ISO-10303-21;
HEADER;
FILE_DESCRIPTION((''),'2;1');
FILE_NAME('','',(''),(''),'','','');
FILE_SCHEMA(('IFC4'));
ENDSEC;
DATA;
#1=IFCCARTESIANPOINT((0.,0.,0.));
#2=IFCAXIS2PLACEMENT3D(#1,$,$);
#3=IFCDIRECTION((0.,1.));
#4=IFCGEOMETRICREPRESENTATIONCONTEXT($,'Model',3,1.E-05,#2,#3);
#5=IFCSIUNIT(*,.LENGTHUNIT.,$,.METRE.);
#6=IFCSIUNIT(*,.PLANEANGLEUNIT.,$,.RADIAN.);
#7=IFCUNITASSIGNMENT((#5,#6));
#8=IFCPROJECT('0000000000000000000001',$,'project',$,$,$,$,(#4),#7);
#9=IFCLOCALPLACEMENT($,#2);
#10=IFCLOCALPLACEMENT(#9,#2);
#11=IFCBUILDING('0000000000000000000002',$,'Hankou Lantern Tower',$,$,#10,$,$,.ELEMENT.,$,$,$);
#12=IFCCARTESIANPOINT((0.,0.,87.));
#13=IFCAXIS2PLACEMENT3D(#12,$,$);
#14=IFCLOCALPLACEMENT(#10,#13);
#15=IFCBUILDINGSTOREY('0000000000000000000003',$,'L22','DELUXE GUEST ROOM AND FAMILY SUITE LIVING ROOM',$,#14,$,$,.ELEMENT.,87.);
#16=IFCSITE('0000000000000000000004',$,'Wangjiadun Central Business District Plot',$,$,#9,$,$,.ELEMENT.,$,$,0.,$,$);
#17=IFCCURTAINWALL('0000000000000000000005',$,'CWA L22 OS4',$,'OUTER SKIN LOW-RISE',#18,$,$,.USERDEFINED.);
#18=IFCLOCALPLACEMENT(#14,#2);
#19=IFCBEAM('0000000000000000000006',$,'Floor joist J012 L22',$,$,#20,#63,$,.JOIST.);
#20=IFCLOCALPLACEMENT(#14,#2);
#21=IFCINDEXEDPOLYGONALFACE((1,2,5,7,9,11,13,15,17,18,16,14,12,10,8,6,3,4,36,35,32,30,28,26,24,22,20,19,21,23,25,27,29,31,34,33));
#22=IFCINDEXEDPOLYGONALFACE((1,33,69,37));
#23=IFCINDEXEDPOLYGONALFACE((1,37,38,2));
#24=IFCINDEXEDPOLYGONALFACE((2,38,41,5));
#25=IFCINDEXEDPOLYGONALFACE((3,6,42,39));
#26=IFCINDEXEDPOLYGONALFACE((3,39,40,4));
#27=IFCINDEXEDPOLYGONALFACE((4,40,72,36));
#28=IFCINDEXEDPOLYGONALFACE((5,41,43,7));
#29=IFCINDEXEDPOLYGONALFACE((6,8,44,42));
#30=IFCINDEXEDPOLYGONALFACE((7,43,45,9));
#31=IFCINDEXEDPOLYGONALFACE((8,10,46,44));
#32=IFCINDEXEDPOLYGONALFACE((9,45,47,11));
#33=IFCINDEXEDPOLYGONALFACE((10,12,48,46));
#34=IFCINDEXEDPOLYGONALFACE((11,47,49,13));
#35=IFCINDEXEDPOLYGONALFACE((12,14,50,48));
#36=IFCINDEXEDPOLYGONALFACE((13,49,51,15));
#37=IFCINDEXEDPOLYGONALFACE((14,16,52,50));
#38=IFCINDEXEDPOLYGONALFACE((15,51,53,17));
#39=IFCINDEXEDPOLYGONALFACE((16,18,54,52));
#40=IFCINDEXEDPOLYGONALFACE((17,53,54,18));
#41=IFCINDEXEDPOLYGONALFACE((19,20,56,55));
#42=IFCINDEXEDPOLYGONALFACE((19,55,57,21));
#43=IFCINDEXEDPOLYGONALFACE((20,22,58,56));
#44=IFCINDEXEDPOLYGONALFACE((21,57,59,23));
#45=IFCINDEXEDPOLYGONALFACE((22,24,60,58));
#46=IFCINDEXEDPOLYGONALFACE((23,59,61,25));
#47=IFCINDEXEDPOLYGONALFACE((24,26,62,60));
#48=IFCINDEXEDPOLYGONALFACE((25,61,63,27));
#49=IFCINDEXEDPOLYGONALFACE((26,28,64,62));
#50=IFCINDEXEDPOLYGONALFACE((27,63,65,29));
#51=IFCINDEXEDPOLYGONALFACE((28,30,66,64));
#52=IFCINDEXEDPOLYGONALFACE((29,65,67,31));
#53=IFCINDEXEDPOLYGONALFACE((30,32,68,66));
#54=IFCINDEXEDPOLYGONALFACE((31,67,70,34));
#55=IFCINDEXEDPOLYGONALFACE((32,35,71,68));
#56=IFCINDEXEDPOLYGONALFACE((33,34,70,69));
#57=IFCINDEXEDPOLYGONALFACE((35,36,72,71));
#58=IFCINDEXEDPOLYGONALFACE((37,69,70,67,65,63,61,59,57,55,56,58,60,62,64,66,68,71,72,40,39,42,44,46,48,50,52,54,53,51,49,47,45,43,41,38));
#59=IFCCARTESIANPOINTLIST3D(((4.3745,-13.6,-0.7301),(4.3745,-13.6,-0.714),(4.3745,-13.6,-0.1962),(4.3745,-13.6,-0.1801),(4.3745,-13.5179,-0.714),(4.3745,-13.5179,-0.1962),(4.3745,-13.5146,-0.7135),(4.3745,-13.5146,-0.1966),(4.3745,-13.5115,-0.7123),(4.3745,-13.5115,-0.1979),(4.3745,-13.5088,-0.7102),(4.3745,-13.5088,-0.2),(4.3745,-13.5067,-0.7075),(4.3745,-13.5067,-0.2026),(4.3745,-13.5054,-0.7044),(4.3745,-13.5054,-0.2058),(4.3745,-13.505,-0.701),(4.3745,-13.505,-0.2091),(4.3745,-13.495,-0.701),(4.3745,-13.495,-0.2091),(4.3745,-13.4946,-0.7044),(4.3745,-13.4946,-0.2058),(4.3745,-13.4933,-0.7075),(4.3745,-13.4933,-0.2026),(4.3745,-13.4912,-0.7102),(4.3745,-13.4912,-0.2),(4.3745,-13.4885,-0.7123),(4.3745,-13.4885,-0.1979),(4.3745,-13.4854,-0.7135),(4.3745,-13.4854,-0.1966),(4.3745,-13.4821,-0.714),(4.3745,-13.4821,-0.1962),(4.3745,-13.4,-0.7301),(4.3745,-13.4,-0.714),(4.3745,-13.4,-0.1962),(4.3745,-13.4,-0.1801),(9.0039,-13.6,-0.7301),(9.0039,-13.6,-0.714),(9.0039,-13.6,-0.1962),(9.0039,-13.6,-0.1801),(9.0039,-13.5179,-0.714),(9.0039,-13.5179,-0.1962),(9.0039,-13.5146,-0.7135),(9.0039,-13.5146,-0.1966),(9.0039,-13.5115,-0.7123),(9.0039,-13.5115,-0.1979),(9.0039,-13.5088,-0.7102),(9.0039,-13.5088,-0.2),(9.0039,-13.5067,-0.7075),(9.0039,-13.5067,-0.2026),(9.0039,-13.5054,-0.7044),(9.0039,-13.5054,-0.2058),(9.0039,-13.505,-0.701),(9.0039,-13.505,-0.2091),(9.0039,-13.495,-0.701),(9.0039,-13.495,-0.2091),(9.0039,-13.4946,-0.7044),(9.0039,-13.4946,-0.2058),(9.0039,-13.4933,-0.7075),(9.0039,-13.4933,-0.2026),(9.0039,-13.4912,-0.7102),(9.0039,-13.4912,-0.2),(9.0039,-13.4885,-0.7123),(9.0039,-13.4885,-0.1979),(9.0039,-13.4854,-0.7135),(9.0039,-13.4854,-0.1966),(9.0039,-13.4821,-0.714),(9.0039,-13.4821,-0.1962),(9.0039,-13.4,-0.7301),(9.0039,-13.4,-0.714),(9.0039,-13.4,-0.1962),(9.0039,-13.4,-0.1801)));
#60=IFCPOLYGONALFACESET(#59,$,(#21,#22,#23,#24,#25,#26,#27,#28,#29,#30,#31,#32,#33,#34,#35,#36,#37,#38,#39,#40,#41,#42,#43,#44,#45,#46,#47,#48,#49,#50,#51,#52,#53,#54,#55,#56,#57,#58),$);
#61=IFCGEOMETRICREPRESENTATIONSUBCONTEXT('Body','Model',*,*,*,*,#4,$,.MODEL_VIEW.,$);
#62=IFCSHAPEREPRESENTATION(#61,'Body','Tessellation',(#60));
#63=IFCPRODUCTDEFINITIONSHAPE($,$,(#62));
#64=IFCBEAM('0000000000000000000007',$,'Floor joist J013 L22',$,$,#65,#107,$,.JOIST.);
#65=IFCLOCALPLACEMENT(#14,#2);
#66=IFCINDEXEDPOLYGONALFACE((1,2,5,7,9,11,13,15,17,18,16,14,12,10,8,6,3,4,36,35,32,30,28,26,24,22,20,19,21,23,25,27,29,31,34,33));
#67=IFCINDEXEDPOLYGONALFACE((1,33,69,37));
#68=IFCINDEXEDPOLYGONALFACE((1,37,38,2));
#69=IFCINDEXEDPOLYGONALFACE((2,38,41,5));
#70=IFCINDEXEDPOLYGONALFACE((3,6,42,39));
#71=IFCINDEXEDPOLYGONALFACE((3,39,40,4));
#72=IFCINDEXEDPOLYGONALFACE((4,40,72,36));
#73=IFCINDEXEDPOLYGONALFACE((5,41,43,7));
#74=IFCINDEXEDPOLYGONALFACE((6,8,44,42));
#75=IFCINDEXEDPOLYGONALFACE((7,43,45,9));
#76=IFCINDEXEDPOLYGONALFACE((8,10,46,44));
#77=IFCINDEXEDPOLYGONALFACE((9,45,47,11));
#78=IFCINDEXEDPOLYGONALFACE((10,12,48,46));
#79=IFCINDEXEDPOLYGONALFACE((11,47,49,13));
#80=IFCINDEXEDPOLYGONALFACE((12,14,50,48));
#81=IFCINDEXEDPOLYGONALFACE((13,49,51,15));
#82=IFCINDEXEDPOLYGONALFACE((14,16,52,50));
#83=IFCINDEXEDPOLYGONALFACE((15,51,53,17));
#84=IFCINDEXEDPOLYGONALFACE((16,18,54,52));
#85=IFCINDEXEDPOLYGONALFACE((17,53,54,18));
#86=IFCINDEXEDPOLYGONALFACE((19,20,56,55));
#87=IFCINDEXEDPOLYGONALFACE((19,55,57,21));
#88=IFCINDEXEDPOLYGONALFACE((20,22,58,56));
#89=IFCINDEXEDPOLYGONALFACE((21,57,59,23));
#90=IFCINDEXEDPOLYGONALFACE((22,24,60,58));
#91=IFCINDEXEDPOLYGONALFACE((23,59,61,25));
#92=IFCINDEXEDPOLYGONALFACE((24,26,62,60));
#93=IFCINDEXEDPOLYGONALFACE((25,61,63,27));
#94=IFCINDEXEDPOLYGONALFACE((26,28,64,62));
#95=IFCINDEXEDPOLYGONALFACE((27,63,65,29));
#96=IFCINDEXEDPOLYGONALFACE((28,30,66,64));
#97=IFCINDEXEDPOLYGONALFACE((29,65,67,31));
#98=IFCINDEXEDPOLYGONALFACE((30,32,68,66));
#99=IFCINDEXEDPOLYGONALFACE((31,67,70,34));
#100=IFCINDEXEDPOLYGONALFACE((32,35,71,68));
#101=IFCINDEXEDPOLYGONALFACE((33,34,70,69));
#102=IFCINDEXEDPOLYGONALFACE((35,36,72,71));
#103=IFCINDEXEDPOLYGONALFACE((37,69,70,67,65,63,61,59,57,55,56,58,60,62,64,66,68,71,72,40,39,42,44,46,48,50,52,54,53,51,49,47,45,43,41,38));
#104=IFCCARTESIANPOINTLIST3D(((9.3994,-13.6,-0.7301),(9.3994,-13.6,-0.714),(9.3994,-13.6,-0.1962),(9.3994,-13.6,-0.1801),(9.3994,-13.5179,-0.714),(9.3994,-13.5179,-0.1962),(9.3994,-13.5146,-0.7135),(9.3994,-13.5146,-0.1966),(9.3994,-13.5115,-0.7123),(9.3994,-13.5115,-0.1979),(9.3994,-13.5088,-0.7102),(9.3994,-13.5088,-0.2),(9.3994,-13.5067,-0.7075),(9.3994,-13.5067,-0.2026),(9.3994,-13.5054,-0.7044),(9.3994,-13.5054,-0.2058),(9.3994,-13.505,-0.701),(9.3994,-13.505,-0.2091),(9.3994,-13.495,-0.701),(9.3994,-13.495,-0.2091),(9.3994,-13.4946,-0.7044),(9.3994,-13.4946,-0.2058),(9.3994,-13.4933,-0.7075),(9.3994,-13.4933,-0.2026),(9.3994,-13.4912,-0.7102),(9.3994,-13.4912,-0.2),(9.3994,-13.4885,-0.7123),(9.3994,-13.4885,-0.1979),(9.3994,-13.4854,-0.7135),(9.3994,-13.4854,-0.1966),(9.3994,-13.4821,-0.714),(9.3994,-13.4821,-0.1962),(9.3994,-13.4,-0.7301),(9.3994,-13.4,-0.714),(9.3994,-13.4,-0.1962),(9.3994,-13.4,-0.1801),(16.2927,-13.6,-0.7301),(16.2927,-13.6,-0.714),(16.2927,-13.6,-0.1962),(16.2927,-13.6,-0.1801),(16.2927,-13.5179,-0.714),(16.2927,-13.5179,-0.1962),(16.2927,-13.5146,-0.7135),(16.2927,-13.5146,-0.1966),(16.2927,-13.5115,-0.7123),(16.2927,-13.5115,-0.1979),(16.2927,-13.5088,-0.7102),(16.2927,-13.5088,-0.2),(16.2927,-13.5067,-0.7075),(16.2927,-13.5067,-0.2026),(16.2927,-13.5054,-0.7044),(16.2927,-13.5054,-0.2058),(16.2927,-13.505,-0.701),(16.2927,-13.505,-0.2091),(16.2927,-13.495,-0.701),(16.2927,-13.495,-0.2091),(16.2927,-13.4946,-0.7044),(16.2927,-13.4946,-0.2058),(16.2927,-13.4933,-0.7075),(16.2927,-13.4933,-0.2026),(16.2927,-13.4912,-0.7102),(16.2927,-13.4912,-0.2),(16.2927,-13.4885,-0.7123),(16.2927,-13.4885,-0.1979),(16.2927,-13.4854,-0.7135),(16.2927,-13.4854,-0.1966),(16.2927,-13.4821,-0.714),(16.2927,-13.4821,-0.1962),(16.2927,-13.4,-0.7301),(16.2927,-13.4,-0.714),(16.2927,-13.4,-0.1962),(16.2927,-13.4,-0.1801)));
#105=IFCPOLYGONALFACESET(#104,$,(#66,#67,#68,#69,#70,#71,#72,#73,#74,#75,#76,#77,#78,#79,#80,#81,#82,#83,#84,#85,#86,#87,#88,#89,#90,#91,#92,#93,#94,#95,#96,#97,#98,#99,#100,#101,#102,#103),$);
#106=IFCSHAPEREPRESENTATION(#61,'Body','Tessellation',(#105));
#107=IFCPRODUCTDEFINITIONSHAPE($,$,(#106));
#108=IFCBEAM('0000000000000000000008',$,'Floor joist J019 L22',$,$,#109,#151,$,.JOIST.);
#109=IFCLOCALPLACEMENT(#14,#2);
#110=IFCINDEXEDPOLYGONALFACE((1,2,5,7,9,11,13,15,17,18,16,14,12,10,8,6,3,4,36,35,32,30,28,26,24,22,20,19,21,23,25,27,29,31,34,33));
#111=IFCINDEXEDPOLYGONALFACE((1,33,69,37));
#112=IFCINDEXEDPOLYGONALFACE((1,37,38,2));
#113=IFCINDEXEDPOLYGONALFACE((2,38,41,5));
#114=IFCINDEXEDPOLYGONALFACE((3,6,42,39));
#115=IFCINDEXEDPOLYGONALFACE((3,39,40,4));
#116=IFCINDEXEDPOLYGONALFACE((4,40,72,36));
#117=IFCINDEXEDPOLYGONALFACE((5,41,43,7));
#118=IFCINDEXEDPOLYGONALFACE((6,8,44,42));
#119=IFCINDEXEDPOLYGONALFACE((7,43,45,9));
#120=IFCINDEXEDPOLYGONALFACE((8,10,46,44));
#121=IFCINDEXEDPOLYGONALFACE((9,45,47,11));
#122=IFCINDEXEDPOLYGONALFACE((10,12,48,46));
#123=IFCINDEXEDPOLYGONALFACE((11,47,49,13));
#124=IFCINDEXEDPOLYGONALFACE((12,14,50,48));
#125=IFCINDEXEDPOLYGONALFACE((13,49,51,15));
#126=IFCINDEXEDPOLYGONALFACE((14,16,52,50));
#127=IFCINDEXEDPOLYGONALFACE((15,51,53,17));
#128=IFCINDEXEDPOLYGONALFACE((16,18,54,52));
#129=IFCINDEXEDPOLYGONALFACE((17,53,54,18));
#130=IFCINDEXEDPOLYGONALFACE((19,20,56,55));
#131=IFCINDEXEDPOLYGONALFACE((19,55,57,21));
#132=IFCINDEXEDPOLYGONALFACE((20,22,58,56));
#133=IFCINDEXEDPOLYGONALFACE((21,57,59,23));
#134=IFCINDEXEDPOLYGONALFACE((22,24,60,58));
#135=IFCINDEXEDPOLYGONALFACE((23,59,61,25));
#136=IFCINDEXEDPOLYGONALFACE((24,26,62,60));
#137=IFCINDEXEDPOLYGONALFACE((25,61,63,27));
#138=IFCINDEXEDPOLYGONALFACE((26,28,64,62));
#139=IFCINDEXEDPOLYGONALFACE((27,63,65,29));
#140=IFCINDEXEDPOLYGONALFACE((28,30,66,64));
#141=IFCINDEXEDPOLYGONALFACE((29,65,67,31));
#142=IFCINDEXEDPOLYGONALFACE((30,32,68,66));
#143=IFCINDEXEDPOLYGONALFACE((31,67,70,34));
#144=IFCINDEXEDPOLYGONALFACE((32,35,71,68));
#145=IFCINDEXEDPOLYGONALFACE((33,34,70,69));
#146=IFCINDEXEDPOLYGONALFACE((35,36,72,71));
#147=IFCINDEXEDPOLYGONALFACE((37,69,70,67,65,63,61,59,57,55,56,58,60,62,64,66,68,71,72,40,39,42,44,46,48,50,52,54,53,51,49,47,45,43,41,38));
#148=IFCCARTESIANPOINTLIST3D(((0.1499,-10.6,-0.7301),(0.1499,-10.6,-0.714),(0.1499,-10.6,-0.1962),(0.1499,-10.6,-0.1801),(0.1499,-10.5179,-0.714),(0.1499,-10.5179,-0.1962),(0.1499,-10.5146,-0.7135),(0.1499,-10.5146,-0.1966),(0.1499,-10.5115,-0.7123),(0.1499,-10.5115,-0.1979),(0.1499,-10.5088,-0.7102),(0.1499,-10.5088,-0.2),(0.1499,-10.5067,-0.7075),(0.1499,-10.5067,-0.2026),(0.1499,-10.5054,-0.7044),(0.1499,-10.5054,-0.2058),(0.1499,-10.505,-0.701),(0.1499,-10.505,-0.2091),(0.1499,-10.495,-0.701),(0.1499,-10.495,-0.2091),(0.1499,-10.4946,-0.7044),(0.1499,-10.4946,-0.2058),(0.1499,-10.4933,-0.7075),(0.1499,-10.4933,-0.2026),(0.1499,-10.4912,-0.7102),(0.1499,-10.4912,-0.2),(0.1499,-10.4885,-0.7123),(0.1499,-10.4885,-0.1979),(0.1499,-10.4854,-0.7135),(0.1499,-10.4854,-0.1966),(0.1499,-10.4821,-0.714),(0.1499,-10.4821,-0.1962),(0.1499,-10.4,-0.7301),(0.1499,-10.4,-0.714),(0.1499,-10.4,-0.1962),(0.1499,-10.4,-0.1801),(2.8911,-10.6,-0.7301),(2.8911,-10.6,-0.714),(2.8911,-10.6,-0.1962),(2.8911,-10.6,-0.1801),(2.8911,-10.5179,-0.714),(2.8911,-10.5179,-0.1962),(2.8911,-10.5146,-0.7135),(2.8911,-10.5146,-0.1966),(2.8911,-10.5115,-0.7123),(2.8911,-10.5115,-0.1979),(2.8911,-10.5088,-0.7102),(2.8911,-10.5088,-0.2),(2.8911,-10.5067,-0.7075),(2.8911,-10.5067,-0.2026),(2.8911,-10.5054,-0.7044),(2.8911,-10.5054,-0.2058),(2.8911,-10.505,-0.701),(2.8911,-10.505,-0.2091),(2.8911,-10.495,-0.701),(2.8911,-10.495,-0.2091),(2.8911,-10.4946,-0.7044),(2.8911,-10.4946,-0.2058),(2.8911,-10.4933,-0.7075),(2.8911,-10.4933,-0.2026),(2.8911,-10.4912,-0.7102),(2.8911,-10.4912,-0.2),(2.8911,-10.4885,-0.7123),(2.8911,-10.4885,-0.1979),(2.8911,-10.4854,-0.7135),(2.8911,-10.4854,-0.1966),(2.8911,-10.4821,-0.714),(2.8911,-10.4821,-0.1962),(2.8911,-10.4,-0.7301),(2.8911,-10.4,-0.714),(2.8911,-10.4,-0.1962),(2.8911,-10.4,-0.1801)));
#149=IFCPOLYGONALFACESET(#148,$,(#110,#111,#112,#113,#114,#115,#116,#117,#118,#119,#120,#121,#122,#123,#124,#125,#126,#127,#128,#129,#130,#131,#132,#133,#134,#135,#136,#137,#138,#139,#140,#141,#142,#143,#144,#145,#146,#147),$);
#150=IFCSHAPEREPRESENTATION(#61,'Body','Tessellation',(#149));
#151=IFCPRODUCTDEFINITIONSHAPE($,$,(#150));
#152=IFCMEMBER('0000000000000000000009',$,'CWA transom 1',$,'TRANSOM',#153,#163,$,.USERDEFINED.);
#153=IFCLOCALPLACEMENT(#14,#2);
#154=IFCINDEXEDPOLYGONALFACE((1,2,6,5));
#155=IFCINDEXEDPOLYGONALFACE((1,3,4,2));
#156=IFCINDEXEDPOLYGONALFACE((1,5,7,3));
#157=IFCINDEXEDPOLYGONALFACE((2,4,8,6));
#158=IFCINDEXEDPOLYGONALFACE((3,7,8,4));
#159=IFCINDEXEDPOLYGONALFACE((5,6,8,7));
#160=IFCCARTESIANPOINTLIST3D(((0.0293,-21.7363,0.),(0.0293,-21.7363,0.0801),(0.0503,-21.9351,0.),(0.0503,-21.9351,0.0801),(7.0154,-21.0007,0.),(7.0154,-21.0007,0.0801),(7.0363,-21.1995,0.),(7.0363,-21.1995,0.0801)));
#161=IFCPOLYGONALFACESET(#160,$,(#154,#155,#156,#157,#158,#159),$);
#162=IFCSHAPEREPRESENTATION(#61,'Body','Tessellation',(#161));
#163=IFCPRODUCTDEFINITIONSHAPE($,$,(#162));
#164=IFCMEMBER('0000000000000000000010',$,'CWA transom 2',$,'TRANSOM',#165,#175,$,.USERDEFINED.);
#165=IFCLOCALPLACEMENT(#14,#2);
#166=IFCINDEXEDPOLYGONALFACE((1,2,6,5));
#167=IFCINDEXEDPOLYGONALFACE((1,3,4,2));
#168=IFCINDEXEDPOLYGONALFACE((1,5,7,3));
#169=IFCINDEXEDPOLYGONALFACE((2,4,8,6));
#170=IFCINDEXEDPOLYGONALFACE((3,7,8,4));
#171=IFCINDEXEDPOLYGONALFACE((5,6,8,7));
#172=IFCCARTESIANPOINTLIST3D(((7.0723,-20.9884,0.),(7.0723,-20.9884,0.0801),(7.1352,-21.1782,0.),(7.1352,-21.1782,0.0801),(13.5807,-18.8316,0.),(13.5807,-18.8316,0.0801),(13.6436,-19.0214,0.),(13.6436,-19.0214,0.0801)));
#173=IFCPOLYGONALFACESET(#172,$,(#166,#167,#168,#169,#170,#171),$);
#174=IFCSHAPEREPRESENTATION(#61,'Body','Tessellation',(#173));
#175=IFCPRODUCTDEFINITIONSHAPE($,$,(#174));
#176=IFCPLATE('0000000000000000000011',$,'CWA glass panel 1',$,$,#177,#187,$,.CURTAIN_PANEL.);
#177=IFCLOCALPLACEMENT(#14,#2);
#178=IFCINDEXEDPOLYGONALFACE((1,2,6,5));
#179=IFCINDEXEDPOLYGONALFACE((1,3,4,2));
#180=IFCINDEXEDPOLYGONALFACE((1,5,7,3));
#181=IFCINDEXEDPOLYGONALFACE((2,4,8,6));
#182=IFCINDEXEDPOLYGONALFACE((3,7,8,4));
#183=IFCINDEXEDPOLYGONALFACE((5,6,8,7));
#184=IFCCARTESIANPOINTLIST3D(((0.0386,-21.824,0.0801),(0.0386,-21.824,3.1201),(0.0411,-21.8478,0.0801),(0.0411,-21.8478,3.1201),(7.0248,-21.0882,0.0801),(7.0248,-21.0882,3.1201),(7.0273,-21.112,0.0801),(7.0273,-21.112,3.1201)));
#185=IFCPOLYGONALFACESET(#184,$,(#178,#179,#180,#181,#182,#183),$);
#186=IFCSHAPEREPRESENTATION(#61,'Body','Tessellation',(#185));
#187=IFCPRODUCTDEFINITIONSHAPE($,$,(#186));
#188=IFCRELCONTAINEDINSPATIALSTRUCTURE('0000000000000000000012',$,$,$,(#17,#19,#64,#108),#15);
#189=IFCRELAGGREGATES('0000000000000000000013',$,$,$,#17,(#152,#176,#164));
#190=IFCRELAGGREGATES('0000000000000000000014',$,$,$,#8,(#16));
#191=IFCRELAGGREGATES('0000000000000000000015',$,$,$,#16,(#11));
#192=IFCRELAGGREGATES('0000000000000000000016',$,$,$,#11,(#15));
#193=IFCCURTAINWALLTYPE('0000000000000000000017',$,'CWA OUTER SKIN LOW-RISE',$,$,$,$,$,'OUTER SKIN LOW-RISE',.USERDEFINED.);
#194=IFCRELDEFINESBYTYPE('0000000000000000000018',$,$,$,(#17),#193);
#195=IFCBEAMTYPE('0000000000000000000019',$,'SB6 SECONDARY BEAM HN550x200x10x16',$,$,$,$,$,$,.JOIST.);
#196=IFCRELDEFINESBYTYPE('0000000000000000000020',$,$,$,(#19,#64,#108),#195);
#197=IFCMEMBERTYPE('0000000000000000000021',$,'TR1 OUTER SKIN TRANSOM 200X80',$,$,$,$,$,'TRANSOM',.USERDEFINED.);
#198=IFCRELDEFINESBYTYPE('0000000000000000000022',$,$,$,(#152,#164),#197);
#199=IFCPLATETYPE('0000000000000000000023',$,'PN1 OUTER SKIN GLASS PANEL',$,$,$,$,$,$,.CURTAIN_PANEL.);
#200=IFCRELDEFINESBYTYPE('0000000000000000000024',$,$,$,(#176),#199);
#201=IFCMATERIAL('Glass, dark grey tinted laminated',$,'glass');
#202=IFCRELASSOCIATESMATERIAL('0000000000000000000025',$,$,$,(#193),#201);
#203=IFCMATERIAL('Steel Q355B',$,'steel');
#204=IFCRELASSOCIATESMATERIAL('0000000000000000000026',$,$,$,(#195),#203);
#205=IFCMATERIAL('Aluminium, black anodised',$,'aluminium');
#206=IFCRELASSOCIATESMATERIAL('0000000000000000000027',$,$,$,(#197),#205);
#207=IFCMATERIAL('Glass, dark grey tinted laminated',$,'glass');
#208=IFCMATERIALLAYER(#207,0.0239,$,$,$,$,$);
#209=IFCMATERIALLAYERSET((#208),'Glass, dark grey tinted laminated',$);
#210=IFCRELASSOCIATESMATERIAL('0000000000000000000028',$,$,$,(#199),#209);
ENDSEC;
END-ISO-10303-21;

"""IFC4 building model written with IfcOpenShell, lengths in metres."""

from ifc_helpers import new_model, si_unit, direction, frame, origin, origin_2d, place, context, subcontext, project, spatial, rectangle, i_section, extrude, material, layer, layer_set, material_profile, profile_set, type_object, element, aggregate, save


model = new_model("IFC4")

# Units and contexts
model_context = context("Model", 3, precision=1e-05, world=origin(), true_north=direction((0.0, 1.0)))
body_context = subcontext(model_context, "Body", "Model", "MODEL_VIEW")
ifc_project = project(units=[si_unit("LENGTHUNIT", "METRE"), si_unit("PLANEANGLEUNIT", "RADIAN")], contexts=[model_context])

# Site, building, storey
site_placement = place(None, origin())
site = spatial("IfcSite", under=ifc_project, at=site_placement, Name="Wangjiadun Central Business District Plot", CompositionType="ELEMENT", RefElevation=0.0)
building_placement = place(site_placement, origin())
building = spatial("IfcBuilding", under=site, at=building_placement, Name="Hankou Lantern Tower", CompositionType="ELEMENT")
storey_placement = place(building_placement, frame((0.0, 0.0, 87.0)))
storey = spatial("IfcBuildingStorey", under=building, at=storey_placement, Name="L22", Description="DELUXE GUEST ROOM AND FAMILY SUITE LIVING ROOM", CompositionType="ELEMENT", Elevation=87.0)

# Curtain wall
ifc_material_1 = material(Name="Glass, dark grey tinted laminated", Category="glass")
curtain_wall_type = type_object("IfcCurtainWallType", Name="CWA OUTER SKIN LOW-RISE", ElementType="OUTER SKIN LOW-RISE", PredefinedType="USERDEFINED", material=ifc_material_1)
curtain_wall_placement = place(storey_placement, origin())
curtain_wall = element("IfcCurtainWall", 1, at=curtain_wall_placement, inside=storey, type_object=curtain_wall_type, Name="CWA L22 OS4", ObjectType="OUTER SKIN LOW-RISE", PredefinedType="USERDEFINED")

# Beams
ifc_material_2 = material(Name="Steel Q355B", Category="steel")
ifc_material_profile_1 = material_profile(ifc_material_2, i_section(OverallWidth=0.2, OverallDepth=0.55, WebThickness=0.01, FlangeThickness=0.0161, FilletRadius=0.0129, at=origin_2d()), Name="HN550x200x10x16")
ifc_profile_set_1 = profile_set([ifc_material_profile_1], Name="Steel Q355B")
beam_type_1 = type_object("IfcBeamType", Name="SB6 SECONDARY BEAM HN550x200x10x16", PredefinedType="JOIST", material=ifc_profile_set_1)
beam_1_placement = place(storey_placement, frame((4.3745, -13.5, -0.4551), z_axis=(1.0, 0.0, 0.0), x_axis=(0.0, 1.0, 0.0)))
element("IfcBeam", 2, at=beam_1_placement, inside=storey, type_object=beam_type_1, Name="Floor joist J012 L22", PredefinedType="JOIST", context=body_context, shape_type="SweptSolid", body=[
    extrude(i_section(OverallWidth=0.2, OverallDepth=0.55, WebThickness=0.01, FlangeThickness=0.0161, FilletRadius=0.0129, at=origin_2d()), origin(), (0.0, 0.0, 1.0), 4.6294),
])
beam_2_placement = place(storey_placement, frame((9.3994, -13.5, -0.4551), z_axis=(1.0, 0.0, 0.0), x_axis=(0.0, 1.0, 0.0)))
element("IfcBeam", 3, at=beam_2_placement, inside=storey, type_object=beam_type_1, Name="Floor joist J013 L22", PredefinedType="JOIST", context=body_context, shape_type="SweptSolid", body=[
    extrude(i_section(OverallWidth=0.2, OverallDepth=0.55, WebThickness=0.01, FlangeThickness=0.0161, FilletRadius=0.0129, at=origin_2d()), origin(), (0.0, 0.0, 1.0), 6.8933),
])
beam_3_placement = place(storey_placement, frame((0.1499, -10.5, -0.4551), z_axis=(1.0, 0.0, 0.0), x_axis=(0.0, 1.0, 0.0)))
element("IfcBeam", 4, at=beam_3_placement, inside=storey, type_object=beam_type_1, Name="Floor joist J019 L22", PredefinedType="JOIST", context=body_context, shape_type="SweptSolid", body=[
    extrude(i_section(OverallWidth=0.2, OverallDepth=0.55, WebThickness=0.01, FlangeThickness=0.0161, FilletRadius=0.0129, at=origin_2d()), origin(), (0.0, 0.0, 1.0), 2.7412),
])

# Members
ifc_material_3 = material(Name="Aluminium, black anodised", Category="aluminium")
ifc_material_profile_2 = material_profile(ifc_material_3, rectangle(XDim=0.2, YDim=0.0801, at=origin_2d()), Name="TR1 200X80")
ifc_profile_set_2 = profile_set([ifc_material_profile_2], Name="Aluminium, black anodised")
member_type_1 = type_object("IfcMemberType", Name="TR1 OUTER SKIN TRANSOM 200X80", ElementType="TRANSOM", PredefinedType="USERDEFINED", material=ifc_profile_set_2)
member_1_placement = place(storey_placement, frame((0.0398, -21.8357, 0.04), z_axis=(0.994502, 0.104716, 0.0), x_axis=(-0.104716, 0.994502, 0.0)))
member_1 = element("IfcMember", 5, at=member_1_placement, type_object=member_type_1, Name="CWA transom 1", ObjectType="TRANSOM", PredefinedType="USERDEFINED", context=body_context, shape_type="SweptSolid", body=[
    extrude(rectangle(XDim=0.2, YDim=0.0801, at=origin_2d()), origin(), (0.0, 0.0, 1.0), 7.0247),
])
member_2_placement = place(storey_placement, frame((7.1038, -21.0833, 0.04), z_axis=(0.949237, 0.314561, 0.0), x_axis=(-0.314561, 0.949237, 0.0)))
member_2 = element("IfcMember", 6, at=member_2_placement, type_object=member_type_1, Name="CWA transom 2", ObjectType="TRANSOM", PredefinedType="USERDEFINED", context=body_context, shape_type="SweptSolid", body=[
    extrude(rectangle(XDim=0.2, YDim=0.0801, at=origin_2d()), origin(), (0.0, 0.0, 1.0), 6.8564),
])

# Plate
ifc_material_4 = material(Name="Glass, dark grey tinted laminated", Category="glass")
ifc_layer_1 = layer(ifc_material_4, 0.0239)
ifc_layer_set_1 = layer_set([ifc_layer_1], Name="Glass, dark grey tinted laminated")
plate_type = type_object("IfcPlateType", Name="PN1 OUTER SKIN GLASS PANEL", PredefinedType="CURTAIN_PANEL", material=ifc_layer_set_1)
plate_1_placement = place(storey_placement, frame((3.533, -21.468, 0.0801), z_axis=(0.0, 0.0, 1.0), x_axis=(0.994499, 0.104743, 0.0)))
plate_1 = element("IfcPlate", 7, at=plate_1_placement, type_object=plate_type, Name="CWA glass panel 1", PredefinedType="CURTAIN_PANEL", context=body_context, shape_type="SweptSolid", body=[
    extrude(rectangle(XDim=7.0249, YDim=0.0239, at=origin_2d()), origin(), (0.0, 0.0, 1.0), 3.04),
])
aggregate(curtain_wall, [member_1, plate_1, member_2])

save(model, "model.ifc")
